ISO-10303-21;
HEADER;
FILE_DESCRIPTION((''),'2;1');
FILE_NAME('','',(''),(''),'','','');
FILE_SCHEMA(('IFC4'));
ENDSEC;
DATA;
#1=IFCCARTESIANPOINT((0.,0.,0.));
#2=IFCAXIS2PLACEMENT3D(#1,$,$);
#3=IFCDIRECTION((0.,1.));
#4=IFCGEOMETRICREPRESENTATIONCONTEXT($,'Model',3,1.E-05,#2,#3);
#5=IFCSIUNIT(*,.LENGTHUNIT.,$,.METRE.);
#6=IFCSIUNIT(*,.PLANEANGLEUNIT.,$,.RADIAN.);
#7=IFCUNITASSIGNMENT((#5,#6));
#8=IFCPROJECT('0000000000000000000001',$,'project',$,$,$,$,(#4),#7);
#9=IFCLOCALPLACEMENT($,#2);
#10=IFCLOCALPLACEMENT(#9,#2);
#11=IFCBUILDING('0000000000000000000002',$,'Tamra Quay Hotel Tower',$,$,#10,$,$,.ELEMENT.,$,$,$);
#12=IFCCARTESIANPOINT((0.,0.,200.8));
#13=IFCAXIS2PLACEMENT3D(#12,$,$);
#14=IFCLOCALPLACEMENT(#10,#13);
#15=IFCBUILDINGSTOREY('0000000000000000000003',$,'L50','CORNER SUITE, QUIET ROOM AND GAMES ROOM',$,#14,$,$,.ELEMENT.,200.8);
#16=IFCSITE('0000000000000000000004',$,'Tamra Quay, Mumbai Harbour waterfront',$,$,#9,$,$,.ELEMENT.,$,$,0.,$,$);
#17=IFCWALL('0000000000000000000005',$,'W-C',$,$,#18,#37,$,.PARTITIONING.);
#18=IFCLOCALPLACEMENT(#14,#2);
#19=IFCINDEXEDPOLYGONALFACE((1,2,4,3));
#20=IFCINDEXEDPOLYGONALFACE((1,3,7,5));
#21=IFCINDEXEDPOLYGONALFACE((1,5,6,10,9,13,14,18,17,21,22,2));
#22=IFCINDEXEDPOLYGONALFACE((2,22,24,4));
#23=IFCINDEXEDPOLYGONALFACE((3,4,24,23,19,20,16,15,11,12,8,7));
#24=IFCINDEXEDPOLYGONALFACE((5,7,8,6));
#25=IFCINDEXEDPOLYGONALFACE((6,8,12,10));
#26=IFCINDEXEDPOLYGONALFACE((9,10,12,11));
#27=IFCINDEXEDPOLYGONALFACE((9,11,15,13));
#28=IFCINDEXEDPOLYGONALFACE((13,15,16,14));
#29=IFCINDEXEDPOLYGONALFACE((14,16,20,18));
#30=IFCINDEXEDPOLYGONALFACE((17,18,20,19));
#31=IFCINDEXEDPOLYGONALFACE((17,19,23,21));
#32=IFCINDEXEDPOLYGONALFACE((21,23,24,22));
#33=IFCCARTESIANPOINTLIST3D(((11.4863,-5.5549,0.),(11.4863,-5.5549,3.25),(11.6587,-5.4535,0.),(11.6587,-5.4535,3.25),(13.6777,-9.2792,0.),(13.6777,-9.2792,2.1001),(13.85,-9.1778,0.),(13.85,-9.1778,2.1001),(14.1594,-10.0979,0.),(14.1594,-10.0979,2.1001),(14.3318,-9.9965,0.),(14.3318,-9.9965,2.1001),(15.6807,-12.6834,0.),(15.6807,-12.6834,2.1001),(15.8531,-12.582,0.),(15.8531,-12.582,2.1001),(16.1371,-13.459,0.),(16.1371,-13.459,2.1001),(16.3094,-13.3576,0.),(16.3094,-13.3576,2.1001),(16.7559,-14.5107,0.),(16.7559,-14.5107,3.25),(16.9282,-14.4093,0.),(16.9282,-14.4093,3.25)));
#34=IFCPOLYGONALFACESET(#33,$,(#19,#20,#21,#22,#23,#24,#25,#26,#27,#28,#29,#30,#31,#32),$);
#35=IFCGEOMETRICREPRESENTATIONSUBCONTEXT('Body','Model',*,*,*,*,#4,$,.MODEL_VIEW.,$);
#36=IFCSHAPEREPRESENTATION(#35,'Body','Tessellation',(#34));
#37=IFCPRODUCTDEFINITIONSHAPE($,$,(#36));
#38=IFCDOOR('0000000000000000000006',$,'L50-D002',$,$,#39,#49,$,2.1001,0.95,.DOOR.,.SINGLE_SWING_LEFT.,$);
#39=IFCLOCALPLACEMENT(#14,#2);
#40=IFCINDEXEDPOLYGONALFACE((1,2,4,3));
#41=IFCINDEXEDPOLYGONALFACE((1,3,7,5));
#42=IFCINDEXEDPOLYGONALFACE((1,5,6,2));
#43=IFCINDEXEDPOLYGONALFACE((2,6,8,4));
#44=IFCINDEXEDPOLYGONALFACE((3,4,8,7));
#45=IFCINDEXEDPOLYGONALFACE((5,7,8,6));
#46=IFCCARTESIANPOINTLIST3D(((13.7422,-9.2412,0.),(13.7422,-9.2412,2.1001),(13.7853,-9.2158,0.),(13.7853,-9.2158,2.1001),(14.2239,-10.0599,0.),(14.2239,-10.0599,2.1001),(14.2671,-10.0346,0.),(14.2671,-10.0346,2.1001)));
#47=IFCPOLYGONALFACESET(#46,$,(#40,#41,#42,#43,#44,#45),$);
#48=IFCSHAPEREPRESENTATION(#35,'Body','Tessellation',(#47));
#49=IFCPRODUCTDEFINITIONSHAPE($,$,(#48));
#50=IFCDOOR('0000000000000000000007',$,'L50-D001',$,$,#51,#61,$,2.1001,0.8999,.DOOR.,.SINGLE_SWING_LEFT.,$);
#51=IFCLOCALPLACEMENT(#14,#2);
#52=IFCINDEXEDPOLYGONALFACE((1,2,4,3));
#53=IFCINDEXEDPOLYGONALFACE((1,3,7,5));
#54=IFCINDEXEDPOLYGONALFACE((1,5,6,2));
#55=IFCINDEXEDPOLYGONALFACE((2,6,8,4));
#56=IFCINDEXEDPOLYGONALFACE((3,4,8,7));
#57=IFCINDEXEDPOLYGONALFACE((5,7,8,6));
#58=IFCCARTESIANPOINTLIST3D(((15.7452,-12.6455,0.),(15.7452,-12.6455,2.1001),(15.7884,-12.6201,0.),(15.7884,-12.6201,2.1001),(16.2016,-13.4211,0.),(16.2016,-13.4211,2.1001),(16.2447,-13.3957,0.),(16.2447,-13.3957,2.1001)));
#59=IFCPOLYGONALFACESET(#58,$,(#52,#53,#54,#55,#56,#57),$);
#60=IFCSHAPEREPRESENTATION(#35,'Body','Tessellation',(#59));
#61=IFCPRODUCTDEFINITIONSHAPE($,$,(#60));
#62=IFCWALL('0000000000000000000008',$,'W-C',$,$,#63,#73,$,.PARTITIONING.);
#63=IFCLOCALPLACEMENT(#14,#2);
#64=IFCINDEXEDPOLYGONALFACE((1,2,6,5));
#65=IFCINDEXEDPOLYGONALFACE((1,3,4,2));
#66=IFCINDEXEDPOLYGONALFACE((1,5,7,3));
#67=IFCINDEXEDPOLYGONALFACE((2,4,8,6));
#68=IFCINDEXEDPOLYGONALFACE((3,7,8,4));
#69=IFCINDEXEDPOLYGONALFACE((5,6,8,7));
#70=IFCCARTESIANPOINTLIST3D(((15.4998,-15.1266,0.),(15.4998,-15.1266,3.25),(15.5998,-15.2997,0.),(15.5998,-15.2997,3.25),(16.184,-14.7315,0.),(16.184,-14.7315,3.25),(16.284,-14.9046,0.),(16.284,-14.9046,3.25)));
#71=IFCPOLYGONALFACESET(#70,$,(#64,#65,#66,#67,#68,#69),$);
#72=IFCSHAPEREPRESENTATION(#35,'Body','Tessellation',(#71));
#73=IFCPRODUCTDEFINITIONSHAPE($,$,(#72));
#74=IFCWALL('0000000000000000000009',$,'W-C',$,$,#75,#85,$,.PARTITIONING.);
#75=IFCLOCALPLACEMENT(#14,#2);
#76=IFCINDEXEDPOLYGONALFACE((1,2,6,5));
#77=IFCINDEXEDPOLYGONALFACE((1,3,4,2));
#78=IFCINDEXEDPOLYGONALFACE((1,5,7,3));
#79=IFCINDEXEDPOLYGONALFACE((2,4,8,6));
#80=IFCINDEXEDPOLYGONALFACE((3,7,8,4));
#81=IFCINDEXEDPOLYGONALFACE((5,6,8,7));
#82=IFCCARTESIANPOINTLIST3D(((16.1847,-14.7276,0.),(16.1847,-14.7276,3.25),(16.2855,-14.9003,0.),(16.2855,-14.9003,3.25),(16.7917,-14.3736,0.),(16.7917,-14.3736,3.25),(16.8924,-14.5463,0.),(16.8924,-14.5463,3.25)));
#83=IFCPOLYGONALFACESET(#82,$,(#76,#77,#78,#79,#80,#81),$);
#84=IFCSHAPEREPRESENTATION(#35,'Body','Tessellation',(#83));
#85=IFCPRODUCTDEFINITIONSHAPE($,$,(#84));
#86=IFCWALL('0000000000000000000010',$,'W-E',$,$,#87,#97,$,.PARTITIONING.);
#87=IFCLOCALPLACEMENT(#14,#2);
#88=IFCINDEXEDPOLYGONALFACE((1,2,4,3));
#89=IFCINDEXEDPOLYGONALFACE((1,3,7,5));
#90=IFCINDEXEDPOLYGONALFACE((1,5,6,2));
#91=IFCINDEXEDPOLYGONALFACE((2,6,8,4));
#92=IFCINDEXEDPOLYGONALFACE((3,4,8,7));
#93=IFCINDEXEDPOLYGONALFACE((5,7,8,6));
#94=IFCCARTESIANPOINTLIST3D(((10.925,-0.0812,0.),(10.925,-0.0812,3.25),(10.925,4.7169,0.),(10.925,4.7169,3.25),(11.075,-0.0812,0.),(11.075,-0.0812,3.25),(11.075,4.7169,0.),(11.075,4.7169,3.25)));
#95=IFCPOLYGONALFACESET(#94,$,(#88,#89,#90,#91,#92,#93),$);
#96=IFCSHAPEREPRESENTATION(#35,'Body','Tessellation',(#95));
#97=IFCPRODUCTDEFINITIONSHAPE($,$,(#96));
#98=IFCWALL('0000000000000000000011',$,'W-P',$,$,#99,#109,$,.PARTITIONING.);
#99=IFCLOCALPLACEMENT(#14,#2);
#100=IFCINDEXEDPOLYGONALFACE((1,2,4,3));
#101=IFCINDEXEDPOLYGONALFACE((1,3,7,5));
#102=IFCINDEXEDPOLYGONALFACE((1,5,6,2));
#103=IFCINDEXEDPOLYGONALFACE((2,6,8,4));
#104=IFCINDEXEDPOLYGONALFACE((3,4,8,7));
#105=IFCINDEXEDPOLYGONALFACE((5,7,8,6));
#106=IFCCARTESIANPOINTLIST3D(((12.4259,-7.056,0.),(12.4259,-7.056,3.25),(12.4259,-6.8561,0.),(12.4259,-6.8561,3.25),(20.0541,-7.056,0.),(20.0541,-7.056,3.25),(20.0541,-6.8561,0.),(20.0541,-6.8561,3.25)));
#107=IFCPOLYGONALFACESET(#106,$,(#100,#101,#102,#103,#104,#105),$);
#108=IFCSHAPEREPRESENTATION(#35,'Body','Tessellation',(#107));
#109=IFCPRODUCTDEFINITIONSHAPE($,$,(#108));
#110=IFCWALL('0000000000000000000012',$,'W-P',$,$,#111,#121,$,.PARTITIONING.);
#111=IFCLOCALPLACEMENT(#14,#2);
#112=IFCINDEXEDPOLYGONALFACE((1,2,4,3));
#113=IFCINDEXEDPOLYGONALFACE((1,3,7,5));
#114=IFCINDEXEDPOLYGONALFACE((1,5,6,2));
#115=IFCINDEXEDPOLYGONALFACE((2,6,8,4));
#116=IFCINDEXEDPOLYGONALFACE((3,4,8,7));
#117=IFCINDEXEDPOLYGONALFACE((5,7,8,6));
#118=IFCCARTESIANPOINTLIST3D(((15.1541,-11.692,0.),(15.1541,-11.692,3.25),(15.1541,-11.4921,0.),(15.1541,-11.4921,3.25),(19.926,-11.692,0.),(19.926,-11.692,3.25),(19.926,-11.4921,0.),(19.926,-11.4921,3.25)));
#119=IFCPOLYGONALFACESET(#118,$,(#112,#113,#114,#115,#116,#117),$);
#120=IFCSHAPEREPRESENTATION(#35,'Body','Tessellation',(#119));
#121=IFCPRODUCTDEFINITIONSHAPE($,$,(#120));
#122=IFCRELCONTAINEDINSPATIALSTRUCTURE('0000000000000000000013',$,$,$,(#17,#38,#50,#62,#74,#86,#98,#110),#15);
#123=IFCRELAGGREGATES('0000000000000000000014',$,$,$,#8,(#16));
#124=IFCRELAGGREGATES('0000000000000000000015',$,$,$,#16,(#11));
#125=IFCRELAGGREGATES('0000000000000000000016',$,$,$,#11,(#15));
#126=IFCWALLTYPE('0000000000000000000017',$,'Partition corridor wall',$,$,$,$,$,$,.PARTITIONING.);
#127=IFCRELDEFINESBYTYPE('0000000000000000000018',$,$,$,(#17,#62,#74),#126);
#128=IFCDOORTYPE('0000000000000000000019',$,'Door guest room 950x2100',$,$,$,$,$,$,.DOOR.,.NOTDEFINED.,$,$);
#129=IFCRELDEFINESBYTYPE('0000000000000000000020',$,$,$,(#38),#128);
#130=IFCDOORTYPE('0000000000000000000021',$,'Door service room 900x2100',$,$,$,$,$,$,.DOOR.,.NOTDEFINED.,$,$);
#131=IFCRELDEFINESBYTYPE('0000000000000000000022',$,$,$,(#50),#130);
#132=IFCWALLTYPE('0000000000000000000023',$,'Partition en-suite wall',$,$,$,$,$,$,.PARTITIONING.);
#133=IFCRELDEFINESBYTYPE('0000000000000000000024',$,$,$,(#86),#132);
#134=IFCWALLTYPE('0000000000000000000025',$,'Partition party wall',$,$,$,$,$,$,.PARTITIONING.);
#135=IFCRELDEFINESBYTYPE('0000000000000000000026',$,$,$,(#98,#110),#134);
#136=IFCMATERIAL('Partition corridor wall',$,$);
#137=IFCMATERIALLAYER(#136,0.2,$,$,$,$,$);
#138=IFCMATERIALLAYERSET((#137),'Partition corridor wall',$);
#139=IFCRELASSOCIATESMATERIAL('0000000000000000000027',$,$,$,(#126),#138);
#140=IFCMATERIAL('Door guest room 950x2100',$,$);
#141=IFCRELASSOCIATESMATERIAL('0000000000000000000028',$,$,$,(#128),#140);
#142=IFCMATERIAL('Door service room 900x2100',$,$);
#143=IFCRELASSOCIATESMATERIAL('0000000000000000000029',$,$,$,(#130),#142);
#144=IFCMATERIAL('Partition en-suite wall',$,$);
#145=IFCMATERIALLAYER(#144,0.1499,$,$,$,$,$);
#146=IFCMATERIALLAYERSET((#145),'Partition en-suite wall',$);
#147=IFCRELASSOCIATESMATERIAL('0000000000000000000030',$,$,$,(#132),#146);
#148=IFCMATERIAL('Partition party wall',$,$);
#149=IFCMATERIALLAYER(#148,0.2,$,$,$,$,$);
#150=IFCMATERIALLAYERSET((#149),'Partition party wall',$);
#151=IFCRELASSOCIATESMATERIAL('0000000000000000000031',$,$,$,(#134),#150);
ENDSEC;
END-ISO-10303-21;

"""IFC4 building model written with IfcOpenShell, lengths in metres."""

from ifc_helpers import new_model, si_unit, direction, frame, frame_2d, origin, place, context, subcontext, project, spatial, rectangle, extrude, material, layer, layer_set, type_object, element, fill, save


model = new_model("IFC4")

# Units and contexts
model_context = context("Model", 3, precision=1e-05, world=origin(), true_north=direction((0.0, 1.0)))
body_context = subcontext(model_context, "Body", "Model", "MODEL_VIEW")
ifc_project = project(units=[si_unit("LENGTHUNIT", "METRE"), si_unit("PLANEANGLEUNIT", "RADIAN")], contexts=[model_context])

# Site, building, storey
site_placement = place(None, origin())
site = spatial("IfcSite", under=ifc_project, at=site_placement, Name="Tamra Quay, Mumbai Harbour waterfront", CompositionType="ELEMENT", RefElevation=0.0)
building_placement = place(site_placement, origin())
building = spatial("IfcBuilding", under=site, at=building_placement, Name="Tamra Quay Hotel Tower", CompositionType="ELEMENT")
storey_placement = place(building_placement, frame((0.0, 0.0, 200.8)))
storey = spatial("IfcBuildingStorey", under=building, at=storey_placement, Name="L50", Description="CORNER SUITE, QUIET ROOM AND GAMES ROOM", CompositionType="ELEMENT", Elevation=200.8)

# Wall, openings, doors
ifc_material_1 = material(Name="Partition corridor wall")
ifc_layer_1 = layer(ifc_material_1, 0.2)
ifc_layer_set_1 = layer_set([ifc_layer_1], Name="Partition corridor wall")
wall_type_1 = type_object("IfcWallType", Name="Partition corridor wall", PredefinedType="PARTITIONING", material=ifc_layer_set_1)
wall_1_placement = place(storey_placement, frame((11.5725, -5.5042, 0.0), z_axis=(0.0, 0.0, 1.0), x_axis=(0.507121, -0.861875, 0.0)))
wall_1 = element("IfcWall", 1, at=wall_1_placement, inside=storey, type_object=wall_type_1, Name="W-C", PredefinedType="PARTITIONING", context=body_context, shape_type="SweptSolid", body=[
    extrude(rectangle(XDim=10.3911, YDim=0.2, at=frame_2d((5.1956, 0.0))), origin(), (0.0, 0.0, 1.0), 3.25),
])
opening_1_placement = place(wall_1_placement, frame((8.271, 0.0, 0.0)))
opening_1 = element("IfcOpeningElement", 2, at=opening_1_placement, cuts=wall_1, PredefinedType="OPENING", context=body_context, shape_type="SweptSolid", body=[
    extrude(rectangle(XDim=0.8999, YDim=2.1001, at=frame_2d((0.45, 1.05))), frame((0.0, 0.1099, 0.0), z_axis=(0.0, -1.0, 0.0), x_axis=(1.0, 0.0, 0.0)), (0.0, 0.0, 1.0), 0.22),
])
opening_2_placement = place(wall_1_placement, frame((4.321, 0.0, 0.0)))
opening_2 = element("IfcOpeningElement", 3, at=opening_2_placement, cuts=wall_1, PredefinedType="OPENING", context=body_context, shape_type="SweptSolid", body=[
    extrude(rectangle(XDim=0.95, YDim=2.1001, at=frame_2d((0.4751, 1.05))), frame((0.0, 0.1099, 0.0), z_axis=(0.0, -1.0, 0.0), x_axis=(1.0, 0.0, 0.0)), (0.0, 0.0, 1.0), 0.22),
])
ifc_material_2 = material(Name="Door guest room 950x2100")
door_type_1 = type_object("IfcDoorType", Name="Door guest room 950x2100", OperationType="NOTDEFINED", PredefinedType="DOOR", material=ifc_material_2)
door_1_placement = place(opening_2_placement, origin())
door_1 = element("IfcDoor", 4, at=door_1_placement, inside=storey, type_object=door_type_1, Name="L50-D002", OperationType="SINGLE_SWING_LEFT", OverallHeight=2.1001, OverallWidth=0.95, PredefinedType="DOOR", context=body_context, shape_type="SweptSolid", body=[
    extrude(rectangle(XDim=0.95, YDim=2.1001, at=frame_2d((0.4751, 1.05))), frame((0.0, 0.0249, 0.0), z_axis=(0.0, -1.0, 0.0), x_axis=(1.0, 0.0, 0.0)), (0.0, 0.0, 1.0), 0.05),
])
fill(opening_2, door_1)
ifc_material_3 = material(Name="Door service room 900x2100")
door_type_2 = type_object("IfcDoorType", Name="Door service room 900x2100", OperationType="NOTDEFINED", PredefinedType="DOOR", material=ifc_material_3)
door_2_placement = place(opening_1_placement, origin())
door_2 = element("IfcDoor", 5, at=door_2_placement, inside=storey, type_object=door_type_2, Name="L50-D001", OperationType="SINGLE_SWING_LEFT", OverallHeight=2.1001, OverallWidth=0.8999, PredefinedType="DOOR", context=body_context, shape_type="SweptSolid", body=[
    extrude(rectangle(XDim=0.8999, YDim=2.1001, at=frame_2d((0.45, 1.05))), frame((0.0, 0.0249, 0.0), z_axis=(0.0, -1.0, 0.0), x_axis=(1.0, 0.0, 0.0)), (0.0, 0.0, 1.0), 0.05),
])
fill(opening_1, door_2)

# Walls
wall_2_placement = place(storey_placement, frame((15.5498, -15.2131, 0.0), z_axis=(0.0, 0.0, 1.0), x_axis=(0.86599, 0.500061, 0.0)))
element("IfcWall", 6, at=wall_2_placement, inside=storey, type_object=wall_type_1, Name="W-C", PredefinedType="PARTITIONING", context=body_context, shape_type="SweptSolid", body=[
    extrude(rectangle(XDim=0.79, YDim=0.2, at=frame_2d((0.395, 0.0))), origin(), (0.0, 0.0, 1.0), 3.25),
])
wall_3_placement = place(storey_placement, frame((16.2351, -14.814, 0.0), z_axis=(0.0, 0.0, 1.0), x_axis=(0.863804, 0.503828, 0.0)))
element("IfcWall", 7, at=wall_3_placement, inside=storey, type_object=wall_type_1, Name="W-C", PredefinedType="PARTITIONING", context=body_context, shape_type="SweptSolid", body=[
    extrude(rectangle(XDim=0.7026, YDim=0.2, at=frame_2d((0.3513, 0.0))), origin(), (0.0, 0.0, 1.0), 3.25),
])
ifc_material_4 = material(Name="Partition en-suite wall")
ifc_layer_2 = layer(ifc_material_4, 0.1499)
ifc_layer_set_2 = layer_set([ifc_layer_2], Name="Partition en-suite wall")
wall_type_2 = type_object("IfcWallType", Name="Partition en-suite wall", PredefinedType="PARTITIONING", material=ifc_layer_set_2)
wall_4_placement = place(storey_placement, frame((11.0, -0.0811, 0.0), z_axis=(0.0, 0.0, 1.0), x_axis=(0.0, 1.0, 0.0)))
element("IfcWall", 8, at=wall_4_placement, inside=storey, type_object=wall_type_2, Name="W-E", PredefinedType="PARTITIONING", context=body_context, shape_type="SweptSolid", body=[
    extrude(rectangle(XDim=4.7981, YDim=0.1499, at=frame_2d((2.3989, 0.0))), origin(), (0.0, 0.0, 1.0), 3.25),
])
ifc_material_5 = material(Name="Partition party wall")
ifc_layer_3 = layer(ifc_material_5, 0.2)
ifc_layer_set_3 = layer_set([ifc_layer_3], Name="Partition party wall")
wall_type_3 = type_object("IfcWallType", Name="Partition party wall", PredefinedType="PARTITIONING", material=ifc_layer_set_3)
wall_5_placement = place(storey_placement, frame((12.426, -6.9561, 0.0), z_axis=(0.0, 0.0, 1.0), x_axis=(1.0, 0.0, 0.0)))
element("IfcWall", 9, at=wall_5_placement, inside=storey, type_object=wall_type_3, Name="W-P", PredefinedType="PARTITIONING", context=body_context, shape_type="SweptSolid", body=[
    extrude(rectangle(XDim=7.6282, YDim=0.2, at=frame_2d((3.814, 0.0))), origin(), (0.0, 0.0, 1.0), 3.25),
])
wall_6_placement = place(storey_placement, frame((15.1541, -11.592, 0.0), z_axis=(0.0, 0.0, 1.0), x_axis=(1.0, 0.0, 0.0)))
element("IfcWall", 10, at=wall_6_placement, inside=storey, type_object=wall_type_3, Name="W-P", PredefinedType="PARTITIONING", context=body_context, shape_type="SweptSolid", body=[
    extrude(rectangle(XDim=4.772, YDim=0.2, at=frame_2d((2.386, 0.0))), origin(), (0.0, 0.0, 1.0), 3.25),
])

save(model, "model.ifc")
